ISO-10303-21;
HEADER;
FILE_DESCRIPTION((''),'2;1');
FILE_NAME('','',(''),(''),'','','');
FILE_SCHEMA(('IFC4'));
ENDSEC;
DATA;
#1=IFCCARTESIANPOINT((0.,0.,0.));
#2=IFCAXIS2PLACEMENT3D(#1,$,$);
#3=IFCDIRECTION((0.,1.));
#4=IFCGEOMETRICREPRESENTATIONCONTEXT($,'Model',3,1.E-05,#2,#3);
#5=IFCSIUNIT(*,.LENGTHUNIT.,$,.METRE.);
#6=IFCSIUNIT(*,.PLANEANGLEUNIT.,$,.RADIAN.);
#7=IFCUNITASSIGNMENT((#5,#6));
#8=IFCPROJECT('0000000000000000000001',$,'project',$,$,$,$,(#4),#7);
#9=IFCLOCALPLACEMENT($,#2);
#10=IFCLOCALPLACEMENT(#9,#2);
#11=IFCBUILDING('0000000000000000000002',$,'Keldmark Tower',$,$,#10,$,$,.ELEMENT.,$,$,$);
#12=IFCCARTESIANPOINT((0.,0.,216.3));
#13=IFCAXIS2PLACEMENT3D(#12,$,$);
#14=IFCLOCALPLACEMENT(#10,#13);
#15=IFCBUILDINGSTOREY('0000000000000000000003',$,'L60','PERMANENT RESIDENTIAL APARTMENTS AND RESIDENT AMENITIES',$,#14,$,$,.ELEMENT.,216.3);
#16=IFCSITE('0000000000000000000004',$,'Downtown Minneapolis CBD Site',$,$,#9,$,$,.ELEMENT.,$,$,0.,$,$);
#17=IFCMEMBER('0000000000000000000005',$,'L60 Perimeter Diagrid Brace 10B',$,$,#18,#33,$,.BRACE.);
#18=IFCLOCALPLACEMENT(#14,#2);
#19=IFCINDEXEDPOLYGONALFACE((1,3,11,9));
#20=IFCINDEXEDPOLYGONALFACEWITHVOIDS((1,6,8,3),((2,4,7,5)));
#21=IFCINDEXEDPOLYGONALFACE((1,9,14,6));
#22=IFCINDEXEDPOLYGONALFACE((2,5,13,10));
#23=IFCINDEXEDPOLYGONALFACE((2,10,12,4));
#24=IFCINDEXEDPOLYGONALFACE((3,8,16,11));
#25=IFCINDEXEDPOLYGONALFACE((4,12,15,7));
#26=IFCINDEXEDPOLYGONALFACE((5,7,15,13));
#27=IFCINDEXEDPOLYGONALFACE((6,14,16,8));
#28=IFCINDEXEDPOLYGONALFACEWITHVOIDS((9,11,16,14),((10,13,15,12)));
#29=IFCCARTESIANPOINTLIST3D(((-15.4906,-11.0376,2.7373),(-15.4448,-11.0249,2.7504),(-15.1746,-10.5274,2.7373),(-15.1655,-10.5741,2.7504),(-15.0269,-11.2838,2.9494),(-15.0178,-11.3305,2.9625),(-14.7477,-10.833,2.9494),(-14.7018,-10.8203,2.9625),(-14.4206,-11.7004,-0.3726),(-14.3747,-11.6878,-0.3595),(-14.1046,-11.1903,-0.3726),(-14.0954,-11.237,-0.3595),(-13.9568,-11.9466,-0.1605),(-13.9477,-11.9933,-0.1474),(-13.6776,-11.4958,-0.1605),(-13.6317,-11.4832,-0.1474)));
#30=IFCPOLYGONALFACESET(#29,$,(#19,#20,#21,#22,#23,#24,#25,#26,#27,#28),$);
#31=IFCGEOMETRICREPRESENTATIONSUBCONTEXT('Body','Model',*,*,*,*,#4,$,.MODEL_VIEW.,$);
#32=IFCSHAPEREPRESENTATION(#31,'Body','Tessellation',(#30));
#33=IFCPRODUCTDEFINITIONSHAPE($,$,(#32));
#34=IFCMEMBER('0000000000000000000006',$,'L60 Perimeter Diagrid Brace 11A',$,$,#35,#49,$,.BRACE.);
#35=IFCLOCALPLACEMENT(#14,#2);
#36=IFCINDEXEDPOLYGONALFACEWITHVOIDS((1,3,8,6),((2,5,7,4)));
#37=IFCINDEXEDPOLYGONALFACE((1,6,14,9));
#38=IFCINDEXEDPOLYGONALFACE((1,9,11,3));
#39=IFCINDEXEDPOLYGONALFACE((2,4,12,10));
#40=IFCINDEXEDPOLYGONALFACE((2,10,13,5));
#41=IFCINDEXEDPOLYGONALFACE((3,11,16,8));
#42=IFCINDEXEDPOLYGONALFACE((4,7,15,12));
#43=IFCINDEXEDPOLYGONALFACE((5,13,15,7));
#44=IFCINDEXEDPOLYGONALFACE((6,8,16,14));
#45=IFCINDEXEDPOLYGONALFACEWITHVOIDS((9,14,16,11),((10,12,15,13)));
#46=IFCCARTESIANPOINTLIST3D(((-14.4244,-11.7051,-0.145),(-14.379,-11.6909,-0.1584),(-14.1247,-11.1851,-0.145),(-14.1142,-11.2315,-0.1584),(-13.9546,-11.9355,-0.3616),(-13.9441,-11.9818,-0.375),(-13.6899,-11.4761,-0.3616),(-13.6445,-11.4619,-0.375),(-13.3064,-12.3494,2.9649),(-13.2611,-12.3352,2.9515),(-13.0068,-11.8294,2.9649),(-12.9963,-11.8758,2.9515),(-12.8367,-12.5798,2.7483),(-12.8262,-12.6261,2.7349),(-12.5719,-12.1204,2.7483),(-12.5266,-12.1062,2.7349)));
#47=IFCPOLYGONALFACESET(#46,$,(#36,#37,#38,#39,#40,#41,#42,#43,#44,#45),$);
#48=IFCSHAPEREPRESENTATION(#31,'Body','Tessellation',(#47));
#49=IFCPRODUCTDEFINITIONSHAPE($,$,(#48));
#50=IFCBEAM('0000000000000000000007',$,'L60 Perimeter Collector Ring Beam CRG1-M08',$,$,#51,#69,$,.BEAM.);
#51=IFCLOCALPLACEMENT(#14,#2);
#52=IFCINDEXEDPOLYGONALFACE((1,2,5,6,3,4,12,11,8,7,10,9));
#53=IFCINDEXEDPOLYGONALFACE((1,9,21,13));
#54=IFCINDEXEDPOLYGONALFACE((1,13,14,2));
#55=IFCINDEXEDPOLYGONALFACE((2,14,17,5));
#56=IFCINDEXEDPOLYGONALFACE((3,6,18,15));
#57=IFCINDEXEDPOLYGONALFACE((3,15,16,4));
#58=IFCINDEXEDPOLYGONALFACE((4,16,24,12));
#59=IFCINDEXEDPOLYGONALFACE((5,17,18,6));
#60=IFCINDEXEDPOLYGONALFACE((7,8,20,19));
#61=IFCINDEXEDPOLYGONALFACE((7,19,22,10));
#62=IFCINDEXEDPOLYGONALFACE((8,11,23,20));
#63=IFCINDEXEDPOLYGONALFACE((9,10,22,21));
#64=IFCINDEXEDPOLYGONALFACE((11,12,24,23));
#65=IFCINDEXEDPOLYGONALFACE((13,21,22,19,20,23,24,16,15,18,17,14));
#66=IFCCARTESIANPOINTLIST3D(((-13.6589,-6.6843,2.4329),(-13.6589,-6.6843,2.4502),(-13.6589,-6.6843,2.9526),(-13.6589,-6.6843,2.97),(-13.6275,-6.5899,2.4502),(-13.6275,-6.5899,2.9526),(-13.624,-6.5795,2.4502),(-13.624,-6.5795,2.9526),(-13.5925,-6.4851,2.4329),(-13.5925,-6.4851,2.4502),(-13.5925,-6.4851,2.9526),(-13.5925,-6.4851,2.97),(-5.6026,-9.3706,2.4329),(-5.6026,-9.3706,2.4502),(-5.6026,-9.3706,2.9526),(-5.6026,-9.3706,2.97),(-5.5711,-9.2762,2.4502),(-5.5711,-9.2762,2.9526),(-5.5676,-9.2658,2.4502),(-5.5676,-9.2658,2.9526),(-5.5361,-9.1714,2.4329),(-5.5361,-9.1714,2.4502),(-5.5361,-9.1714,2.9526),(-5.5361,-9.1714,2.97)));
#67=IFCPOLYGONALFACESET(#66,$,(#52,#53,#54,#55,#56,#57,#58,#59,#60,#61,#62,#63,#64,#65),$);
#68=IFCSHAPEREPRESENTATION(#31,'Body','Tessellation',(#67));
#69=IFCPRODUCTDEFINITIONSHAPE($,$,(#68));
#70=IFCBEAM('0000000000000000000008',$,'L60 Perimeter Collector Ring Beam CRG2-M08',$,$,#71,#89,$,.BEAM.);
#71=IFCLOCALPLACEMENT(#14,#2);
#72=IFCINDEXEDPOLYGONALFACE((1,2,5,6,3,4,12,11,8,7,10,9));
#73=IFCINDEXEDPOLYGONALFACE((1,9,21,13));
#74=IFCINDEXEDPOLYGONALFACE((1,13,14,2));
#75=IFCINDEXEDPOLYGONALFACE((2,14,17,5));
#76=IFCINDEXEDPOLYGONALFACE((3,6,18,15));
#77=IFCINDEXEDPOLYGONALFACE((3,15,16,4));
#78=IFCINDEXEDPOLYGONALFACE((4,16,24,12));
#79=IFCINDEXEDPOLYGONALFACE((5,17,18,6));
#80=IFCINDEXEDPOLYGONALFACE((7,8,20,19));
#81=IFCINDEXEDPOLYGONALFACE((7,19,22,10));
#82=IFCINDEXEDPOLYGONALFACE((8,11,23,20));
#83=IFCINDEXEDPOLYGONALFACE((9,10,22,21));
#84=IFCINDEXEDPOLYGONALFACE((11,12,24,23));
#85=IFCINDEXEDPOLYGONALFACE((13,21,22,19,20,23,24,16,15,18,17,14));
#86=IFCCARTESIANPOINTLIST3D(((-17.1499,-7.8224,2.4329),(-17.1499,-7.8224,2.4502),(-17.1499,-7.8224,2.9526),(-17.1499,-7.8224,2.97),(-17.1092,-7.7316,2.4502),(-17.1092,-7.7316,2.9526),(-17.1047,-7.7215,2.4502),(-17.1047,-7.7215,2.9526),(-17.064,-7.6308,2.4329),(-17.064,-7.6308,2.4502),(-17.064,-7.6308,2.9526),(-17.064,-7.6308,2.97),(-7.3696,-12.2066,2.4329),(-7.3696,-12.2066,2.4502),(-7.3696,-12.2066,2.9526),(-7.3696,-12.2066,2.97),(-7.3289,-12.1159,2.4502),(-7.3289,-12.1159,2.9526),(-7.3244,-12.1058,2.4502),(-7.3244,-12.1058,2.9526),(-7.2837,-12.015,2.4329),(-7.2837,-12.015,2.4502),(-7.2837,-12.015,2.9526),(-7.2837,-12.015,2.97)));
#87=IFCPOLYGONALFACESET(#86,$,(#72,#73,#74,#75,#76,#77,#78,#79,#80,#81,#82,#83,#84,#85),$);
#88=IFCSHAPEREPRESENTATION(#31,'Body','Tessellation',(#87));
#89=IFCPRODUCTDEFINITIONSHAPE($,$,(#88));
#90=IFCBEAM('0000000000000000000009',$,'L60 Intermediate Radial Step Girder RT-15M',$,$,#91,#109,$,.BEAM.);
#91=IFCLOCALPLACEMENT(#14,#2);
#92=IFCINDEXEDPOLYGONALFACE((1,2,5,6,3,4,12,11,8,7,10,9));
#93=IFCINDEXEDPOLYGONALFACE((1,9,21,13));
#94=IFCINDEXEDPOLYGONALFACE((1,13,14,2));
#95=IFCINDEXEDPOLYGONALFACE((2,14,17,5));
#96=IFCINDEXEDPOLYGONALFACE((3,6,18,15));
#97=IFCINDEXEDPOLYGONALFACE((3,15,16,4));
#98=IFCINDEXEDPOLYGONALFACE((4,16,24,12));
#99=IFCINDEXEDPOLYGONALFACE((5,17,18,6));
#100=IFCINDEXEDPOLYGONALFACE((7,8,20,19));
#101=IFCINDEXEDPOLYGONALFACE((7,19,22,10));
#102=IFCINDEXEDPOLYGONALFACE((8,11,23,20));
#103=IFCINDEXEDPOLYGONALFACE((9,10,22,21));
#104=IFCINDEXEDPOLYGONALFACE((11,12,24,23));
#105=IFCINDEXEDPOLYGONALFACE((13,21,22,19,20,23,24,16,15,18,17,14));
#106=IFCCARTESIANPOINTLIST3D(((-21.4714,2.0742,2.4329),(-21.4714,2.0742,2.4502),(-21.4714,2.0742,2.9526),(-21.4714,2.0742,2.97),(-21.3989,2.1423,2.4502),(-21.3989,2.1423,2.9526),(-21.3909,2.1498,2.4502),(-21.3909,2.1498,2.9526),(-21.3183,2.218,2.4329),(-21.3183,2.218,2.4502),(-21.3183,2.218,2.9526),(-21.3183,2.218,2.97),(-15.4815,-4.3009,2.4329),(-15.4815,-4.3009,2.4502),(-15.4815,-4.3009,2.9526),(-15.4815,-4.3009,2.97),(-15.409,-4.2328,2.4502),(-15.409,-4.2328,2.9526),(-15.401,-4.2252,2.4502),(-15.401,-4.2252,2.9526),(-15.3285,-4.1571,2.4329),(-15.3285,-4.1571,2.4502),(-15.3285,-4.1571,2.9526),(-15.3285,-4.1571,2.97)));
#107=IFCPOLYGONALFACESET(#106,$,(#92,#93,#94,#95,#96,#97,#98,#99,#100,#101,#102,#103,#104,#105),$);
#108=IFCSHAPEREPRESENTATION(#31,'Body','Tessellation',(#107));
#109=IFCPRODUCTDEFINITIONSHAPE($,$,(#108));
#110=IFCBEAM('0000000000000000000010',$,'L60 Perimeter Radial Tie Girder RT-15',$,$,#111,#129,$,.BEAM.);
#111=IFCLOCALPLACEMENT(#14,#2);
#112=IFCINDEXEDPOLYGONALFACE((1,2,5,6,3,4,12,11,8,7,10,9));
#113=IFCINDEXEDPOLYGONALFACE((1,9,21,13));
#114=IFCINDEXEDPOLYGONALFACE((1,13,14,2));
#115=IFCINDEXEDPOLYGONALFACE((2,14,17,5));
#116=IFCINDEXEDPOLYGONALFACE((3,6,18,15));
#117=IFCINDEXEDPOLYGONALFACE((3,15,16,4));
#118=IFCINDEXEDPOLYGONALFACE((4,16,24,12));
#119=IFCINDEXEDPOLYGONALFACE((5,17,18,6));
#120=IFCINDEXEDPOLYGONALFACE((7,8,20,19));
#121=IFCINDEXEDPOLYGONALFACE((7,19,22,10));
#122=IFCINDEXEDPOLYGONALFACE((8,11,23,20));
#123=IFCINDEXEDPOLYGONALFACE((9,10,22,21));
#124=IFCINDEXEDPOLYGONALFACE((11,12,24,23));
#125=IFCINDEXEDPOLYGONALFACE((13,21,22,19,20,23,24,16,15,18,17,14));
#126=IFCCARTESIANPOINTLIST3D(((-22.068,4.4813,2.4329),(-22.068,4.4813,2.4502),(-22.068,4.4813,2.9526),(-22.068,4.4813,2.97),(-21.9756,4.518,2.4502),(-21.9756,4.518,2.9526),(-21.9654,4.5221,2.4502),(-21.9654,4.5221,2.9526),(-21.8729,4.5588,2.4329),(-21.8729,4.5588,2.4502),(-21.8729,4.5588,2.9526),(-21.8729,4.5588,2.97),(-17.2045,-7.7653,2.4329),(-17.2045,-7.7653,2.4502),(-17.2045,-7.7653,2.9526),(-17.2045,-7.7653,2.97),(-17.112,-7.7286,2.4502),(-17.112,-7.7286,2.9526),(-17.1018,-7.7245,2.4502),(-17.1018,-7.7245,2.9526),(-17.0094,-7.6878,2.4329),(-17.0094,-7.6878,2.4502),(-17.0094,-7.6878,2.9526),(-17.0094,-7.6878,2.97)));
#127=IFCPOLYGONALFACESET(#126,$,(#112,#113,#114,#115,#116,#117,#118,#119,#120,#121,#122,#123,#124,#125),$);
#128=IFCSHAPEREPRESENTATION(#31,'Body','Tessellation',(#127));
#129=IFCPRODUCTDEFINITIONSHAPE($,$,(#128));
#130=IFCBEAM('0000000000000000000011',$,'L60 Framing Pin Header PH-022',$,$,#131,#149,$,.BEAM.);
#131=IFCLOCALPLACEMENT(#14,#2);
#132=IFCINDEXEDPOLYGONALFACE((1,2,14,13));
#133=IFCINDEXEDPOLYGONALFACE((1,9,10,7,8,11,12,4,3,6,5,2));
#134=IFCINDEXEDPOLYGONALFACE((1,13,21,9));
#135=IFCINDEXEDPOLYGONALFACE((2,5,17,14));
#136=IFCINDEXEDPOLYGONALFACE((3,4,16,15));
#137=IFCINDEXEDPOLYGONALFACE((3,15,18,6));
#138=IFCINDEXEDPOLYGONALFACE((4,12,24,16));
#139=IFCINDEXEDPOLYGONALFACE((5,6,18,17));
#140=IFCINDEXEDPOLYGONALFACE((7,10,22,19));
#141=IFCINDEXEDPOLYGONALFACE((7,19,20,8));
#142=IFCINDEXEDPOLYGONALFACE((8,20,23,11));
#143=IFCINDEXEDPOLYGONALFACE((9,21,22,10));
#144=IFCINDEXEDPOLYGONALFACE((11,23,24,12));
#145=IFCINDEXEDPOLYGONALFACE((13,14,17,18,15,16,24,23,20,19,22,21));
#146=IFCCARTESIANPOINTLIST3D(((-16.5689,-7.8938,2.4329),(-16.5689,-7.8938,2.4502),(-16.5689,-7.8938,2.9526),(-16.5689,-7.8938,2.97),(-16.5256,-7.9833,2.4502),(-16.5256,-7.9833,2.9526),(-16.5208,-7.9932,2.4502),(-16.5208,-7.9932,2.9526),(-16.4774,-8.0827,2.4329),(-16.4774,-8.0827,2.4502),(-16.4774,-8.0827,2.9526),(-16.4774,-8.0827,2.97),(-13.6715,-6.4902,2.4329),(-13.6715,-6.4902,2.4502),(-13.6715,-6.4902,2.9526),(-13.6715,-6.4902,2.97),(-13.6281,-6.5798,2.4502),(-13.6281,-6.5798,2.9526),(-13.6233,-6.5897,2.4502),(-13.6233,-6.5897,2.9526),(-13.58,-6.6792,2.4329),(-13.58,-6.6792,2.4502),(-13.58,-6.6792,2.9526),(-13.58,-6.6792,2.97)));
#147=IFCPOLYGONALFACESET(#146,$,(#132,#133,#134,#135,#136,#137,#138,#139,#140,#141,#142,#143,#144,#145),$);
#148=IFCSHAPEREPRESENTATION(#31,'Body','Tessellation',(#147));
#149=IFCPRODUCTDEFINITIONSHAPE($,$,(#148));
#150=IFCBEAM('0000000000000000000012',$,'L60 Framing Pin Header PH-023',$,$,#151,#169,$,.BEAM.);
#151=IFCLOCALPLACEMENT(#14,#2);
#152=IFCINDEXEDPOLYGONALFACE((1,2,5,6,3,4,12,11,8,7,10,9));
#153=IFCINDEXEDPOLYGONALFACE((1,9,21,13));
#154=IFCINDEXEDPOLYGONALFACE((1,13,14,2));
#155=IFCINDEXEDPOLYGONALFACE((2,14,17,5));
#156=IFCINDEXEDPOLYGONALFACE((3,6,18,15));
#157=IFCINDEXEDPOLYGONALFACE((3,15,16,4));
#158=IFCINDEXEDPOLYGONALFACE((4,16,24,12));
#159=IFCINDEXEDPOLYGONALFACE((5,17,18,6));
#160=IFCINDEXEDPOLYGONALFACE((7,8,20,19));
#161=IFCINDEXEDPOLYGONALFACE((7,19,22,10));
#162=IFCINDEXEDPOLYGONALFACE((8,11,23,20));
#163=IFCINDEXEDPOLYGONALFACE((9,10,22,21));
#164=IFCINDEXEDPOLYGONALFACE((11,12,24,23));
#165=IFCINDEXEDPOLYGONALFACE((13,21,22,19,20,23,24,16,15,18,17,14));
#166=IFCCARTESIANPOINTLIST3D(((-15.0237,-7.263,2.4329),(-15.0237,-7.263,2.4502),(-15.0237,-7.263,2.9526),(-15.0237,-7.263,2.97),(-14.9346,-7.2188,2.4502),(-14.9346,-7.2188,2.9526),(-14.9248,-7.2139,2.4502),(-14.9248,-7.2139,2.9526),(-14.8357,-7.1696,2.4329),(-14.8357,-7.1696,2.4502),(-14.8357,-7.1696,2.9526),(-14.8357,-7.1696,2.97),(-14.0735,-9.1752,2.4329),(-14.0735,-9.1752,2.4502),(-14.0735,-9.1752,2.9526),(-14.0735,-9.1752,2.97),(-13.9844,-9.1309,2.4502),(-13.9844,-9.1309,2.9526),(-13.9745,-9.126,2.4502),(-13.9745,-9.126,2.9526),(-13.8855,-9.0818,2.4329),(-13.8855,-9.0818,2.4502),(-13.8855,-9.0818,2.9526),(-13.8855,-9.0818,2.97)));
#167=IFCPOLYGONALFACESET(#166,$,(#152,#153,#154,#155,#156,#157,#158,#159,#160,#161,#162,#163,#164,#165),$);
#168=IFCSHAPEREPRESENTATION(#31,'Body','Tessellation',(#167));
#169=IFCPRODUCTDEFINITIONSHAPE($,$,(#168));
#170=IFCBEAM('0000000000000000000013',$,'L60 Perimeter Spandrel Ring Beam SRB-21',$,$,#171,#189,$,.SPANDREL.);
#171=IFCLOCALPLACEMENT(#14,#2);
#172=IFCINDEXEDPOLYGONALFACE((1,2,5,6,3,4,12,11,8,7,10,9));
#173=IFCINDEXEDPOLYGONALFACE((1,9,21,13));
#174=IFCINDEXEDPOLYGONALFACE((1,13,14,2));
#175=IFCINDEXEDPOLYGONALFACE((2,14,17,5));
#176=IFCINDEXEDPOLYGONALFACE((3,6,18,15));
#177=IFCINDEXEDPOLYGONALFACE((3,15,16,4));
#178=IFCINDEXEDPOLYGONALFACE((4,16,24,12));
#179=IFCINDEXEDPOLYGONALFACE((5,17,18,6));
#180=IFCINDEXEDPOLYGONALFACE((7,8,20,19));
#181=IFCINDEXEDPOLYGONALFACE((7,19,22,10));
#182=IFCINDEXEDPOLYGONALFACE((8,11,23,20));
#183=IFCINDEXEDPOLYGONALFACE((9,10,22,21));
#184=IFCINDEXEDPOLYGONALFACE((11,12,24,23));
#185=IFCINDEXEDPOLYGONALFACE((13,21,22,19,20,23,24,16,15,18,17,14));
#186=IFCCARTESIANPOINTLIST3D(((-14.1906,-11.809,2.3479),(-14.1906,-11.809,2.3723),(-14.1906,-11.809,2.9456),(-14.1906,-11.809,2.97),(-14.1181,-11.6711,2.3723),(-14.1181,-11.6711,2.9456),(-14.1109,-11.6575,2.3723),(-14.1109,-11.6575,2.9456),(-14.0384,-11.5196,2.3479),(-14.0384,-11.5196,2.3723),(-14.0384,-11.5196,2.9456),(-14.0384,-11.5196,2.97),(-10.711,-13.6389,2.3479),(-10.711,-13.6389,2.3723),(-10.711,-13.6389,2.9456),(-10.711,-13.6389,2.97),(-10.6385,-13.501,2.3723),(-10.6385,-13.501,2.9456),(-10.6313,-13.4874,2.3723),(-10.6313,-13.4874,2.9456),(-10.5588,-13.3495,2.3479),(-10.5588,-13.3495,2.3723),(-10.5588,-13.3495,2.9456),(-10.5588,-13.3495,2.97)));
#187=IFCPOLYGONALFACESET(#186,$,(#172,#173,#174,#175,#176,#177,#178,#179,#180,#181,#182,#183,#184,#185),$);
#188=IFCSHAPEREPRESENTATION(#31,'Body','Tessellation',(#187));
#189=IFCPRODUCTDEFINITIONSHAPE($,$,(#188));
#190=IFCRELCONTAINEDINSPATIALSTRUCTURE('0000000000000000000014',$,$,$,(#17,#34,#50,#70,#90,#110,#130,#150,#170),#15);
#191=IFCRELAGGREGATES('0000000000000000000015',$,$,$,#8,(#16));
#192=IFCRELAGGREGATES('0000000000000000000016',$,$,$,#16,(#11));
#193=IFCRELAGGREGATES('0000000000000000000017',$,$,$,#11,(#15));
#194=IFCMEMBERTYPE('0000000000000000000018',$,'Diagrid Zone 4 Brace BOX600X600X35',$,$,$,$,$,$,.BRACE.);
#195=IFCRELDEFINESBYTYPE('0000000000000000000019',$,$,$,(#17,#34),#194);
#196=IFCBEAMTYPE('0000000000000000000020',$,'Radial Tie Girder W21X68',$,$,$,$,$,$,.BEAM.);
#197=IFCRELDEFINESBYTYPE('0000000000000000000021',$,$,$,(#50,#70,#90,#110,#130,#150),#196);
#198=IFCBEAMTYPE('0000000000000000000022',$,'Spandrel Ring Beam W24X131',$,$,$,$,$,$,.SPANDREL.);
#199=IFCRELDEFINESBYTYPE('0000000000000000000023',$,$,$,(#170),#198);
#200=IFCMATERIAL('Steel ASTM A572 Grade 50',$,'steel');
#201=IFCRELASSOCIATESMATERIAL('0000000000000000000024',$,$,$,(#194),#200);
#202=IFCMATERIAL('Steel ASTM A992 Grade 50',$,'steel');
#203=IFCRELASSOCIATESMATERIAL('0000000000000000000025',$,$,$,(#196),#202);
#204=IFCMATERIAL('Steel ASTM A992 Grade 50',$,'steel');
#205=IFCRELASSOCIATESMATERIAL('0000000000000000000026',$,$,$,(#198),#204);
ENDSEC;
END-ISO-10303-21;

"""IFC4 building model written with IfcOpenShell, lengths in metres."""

from ifc_helpers import new_model, si_unit, direction, frame, origin, origin_2d, place, context, subcontext, project, spatial, hollow_rectangle, i_section, extrude, material, material_profile, profile_set, type_object, element, save


model = new_model("IFC4")

# Units and contexts
model_context = context("Model", 3, precision=1e-05, world=origin(), true_north=direction((0.0, 1.0)))
body_context = subcontext(model_context, "Body", "Model", "MODEL_VIEW")
ifc_project = project(units=[si_unit("LENGTHUNIT", "METRE"), si_unit("PLANEANGLEUNIT", "RADIAN")], contexts=[model_context])

# Site, building, storey
site_placement = place(None, origin())
site = spatial("IfcSite", under=ifc_project, at=site_placement, Name="Downtown Minneapolis CBD Site", CompositionType="ELEMENT", RefElevation=0.0)
building_placement = place(site_placement, origin())
building = spatial("IfcBuilding", under=site, at=building_placement, Name="Keldmark Tower", CompositionType="ELEMENT")
storey_placement = place(building_placement, frame((0.0, 0.0, 216.3)))
storey = spatial("IfcBuildingStorey", under=building, at=storey_placement, Name="L60", Description="PERMANENT RESIDENTIAL APARTMENTS AND RESIDENT AMENITIES", CompositionType="ELEMENT", Elevation=216.3)

# Members
ifc_material_1 = material(Name="Steel ASTM A572 Grade 50", Category="steel")
ifc_material_profile_1 = material_profile(ifc_material_1, hollow_rectangle(XDim=0.6001, YDim=0.6001, WallThickness=0.0349, at=origin_2d()), Name="BOX600X600X35")
ifc_profile_set_1 = profile_set([ifc_material_profile_1], Name="Steel ASTM A572 Grade 50")
member_type = type_object("IfcMemberType", Name="Diagrid Zone 4 Brace BOX600X600X35", PredefinedType="BRACE", material=ifc_profile_set_1)
member_1_placement = place(storey_placement, frame((-14.0261, -11.5918, -0.26), z_axis=(-0.318953, 0.197572, 0.926949), x_axis=(-0.526595, -0.850116, 0.0)))
element("IfcMember", 1, at=member_1_placement, inside=storey, type_object=member_type, Name="L60 Perimeter Diagrid Brace 10B", PredefinedType="BRACE", context=body_context, shape_type="SweptSolid", body=[
    extrude(hollow_rectangle(XDim=0.6001, YDim=0.6001, WallThickness=0.0349, at=origin_2d()), origin(), (0.0, 0.0, 1.0), 3.355),
])
member_2_placement = place(storey_placement, frame((-14.0344, -11.5835, -0.26), z_axis=(0.332031, -0.191358, 0.923654), x_axis=(0.499335, 0.866409, 0.0)))
element("IfcMember", 2, at=member_2_placement, inside=storey, type_object=member_type, Name="L60 Perimeter Diagrid Brace 11A", PredefinedType="BRACE", context=body_context, shape_type="SweptSolid", body=[
    extrude(hollow_rectangle(XDim=0.6001, YDim=0.6001, WallThickness=0.0349, at=origin_2d()), origin(), (0.0, 0.0, 1.0), 3.3669),
])

# Beams
ifc_material_2 = material(Name="Steel ASTM A992 Grade 50", Category="steel")
ifc_material_profile_2 = material_profile(ifc_material_2, i_section(OverallWidth=0.21, OverallDepth=0.5371, WebThickness=0.011, FlangeThickness=0.0173, at=origin_2d()), Name="W21X68")
ifc_profile_set_2 = profile_set([ifc_material_profile_2], Name="Steel ASTM A992 Grade 50")
beam_type_1 = type_object("IfcBeamType", Name="Radial Tie Girder W21X68", PredefinedType="BEAM", material=ifc_profile_set_2)
beam_1_placement = place(storey_placement, frame((-13.6257, -6.5847, 2.7014), z_axis=(0.948655, -0.316314, 0.0), x_axis=(0.316314, 0.948655, 0.0)))
element("IfcBeam", 3, at=beam_1_placement, inside=storey, type_object=beam_type_1, Name="L60 Perimeter Collector Ring Beam CRG1-M08", PredefinedType="BEAM", context=body_context, shape_type="SweptSolid", body=[
    extrude(i_section(OverallWidth=0.21, OverallDepth=0.5371, WebThickness=0.011, FlangeThickness=0.0173, at=origin_2d()), origin(), (0.0, 0.0, 1.0), 8.4924),
])
beam_2_placement = place(storey_placement, frame((-17.1069, -7.7266, 2.7014), z_axis=(0.912509, -0.409057, 0.0), x_axis=(0.409057, 0.912509, 0.0)))
element("IfcBeam", 4, at=beam_2_placement, inside=storey, type_object=beam_type_1, Name="L60 Perimeter Collector Ring Beam CRG2-M08", PredefinedType="BEAM", context=body_context, shape_type="SweptSolid", body=[
    extrude(i_section(OverallWidth=0.21, OverallDepth=0.5371, WebThickness=0.011, FlangeThickness=0.0173, at=origin_2d()), origin(), (0.0, 0.0, 1.0), 10.718),
])
beam_3_placement = place(storey_placement, frame((-15.405, -4.229, 2.7014), z_axis=(-0.684743, 0.728785, 0.0), x_axis=(-0.728785, -0.684743, 0.0)))
element("IfcBeam", 5, at=beam_3_placement, inside=storey, type_object=beam_type_1, Name="L60 Intermediate Radial Step Girder RT-15M", PredefinedType="BEAM", context=body_context, shape_type="SweptSolid", body=[
    extrude(i_section(OverallWidth=0.21, OverallDepth=0.5371, WebThickness=0.011, FlangeThickness=0.0173, at=origin_2d()), origin(), (0.0, 0.0, 1.0), 8.7476),
])
beam_4_placement = place(storey_placement, frame((-17.1069, -7.7266, 2.7014), z_axis=(-0.369093, 0.929393, 0.0), x_axis=(-0.929393, -0.369093, 0.0)))
element("IfcBeam", 6, at=beam_4_placement, inside=storey, type_object=beam_type_1, Name="L60 Perimeter Radial Tie Girder RT-15", PredefinedType="BEAM", context=body_context, shape_type="SweptSolid", body=[
    extrude(i_section(OverallWidth=0.21, OverallDepth=0.5371, WebThickness=0.011, FlangeThickness=0.0173, at=origin_2d()), origin(), (0.0, 0.0, 1.0), 13.177),
])
beam_5_placement = place(storey_placement, frame((-13.6257, -6.5847, 2.7014), z_axis=(-0.899968, -0.435955, 0.0), x_axis=(0.435955, -0.899968, 0.0)))
element("IfcBeam", 7, at=beam_5_placement, inside=storey, type_object=beam_type_1, Name="L60 Framing Pin Header PH-022", PredefinedType="BEAM", context=body_context, shape_type="SweptSolid", body=[
    extrude(i_section(OverallWidth=0.21, OverallDepth=0.5371, WebThickness=0.011, FlangeThickness=0.0173, at=origin_2d()), origin(), (0.0, 0.0, 1.0), 3.2195),
])
beam_6_placement = place(storey_placement, frame((-14.9297, -7.2163, 2.7014), z_axis=(0.445017, -0.895522, 0.0), x_axis=(0.895522, 0.445017, 0.0)))
element("IfcBeam", 8, at=beam_6_placement, inside=storey, type_object=beam_type_1, Name="L60 Framing Pin Header PH-023", PredefinedType="BEAM", context=body_context, shape_type="SweptSolid", body=[
    extrude(i_section(OverallWidth=0.21, OverallDepth=0.5371, WebThickness=0.011, FlangeThickness=0.0173, at=origin_2d()), origin(), (0.0, 0.0, 1.0), 2.1353),
])
ifc_material_3 = material(Name="Steel ASTM A992 Grade 50", Category="steel")
ifc_material_profile_3 = material_profile(ifc_material_3, i_section(OverallWidth=0.3269, OverallDepth=0.6221, WebThickness=0.0154, FlangeThickness=0.0244, at=origin_2d()), Name="W24X131")
ifc_profile_set_3 = profile_set([ifc_material_profile_3], Name="Steel ASTM A992 Grade 50")
beam_type_2 = type_object("IfcBeamType", Name="Spandrel Ring Beam W24X131", PredefinedType="SPANDREL", material=ifc_profile_set_3)
beam_7_placement = place(storey_placement, frame((-14.1145, -11.6643, 2.6589), z_axis=(0.885073, -0.465452, 0.0), x_axis=(0.465452, 0.885073, 0.0)))
element("IfcBeam", 9, at=beam_7_placement, inside=storey, type_object=beam_type_2, Name="L60 Perimeter Spandrel Ring Beam SRB-21", PredefinedType="SPANDREL", context=body_context, shape_type="SweptSolid", body=[
    extrude(i_section(OverallWidth=0.3269, OverallDepth=0.6221, WebThickness=0.0154, FlangeThickness=0.0244, at=origin_2d()), origin(), (0.0, 0.0, 1.0), 3.9314),
])

save(model, "model.ifc")
